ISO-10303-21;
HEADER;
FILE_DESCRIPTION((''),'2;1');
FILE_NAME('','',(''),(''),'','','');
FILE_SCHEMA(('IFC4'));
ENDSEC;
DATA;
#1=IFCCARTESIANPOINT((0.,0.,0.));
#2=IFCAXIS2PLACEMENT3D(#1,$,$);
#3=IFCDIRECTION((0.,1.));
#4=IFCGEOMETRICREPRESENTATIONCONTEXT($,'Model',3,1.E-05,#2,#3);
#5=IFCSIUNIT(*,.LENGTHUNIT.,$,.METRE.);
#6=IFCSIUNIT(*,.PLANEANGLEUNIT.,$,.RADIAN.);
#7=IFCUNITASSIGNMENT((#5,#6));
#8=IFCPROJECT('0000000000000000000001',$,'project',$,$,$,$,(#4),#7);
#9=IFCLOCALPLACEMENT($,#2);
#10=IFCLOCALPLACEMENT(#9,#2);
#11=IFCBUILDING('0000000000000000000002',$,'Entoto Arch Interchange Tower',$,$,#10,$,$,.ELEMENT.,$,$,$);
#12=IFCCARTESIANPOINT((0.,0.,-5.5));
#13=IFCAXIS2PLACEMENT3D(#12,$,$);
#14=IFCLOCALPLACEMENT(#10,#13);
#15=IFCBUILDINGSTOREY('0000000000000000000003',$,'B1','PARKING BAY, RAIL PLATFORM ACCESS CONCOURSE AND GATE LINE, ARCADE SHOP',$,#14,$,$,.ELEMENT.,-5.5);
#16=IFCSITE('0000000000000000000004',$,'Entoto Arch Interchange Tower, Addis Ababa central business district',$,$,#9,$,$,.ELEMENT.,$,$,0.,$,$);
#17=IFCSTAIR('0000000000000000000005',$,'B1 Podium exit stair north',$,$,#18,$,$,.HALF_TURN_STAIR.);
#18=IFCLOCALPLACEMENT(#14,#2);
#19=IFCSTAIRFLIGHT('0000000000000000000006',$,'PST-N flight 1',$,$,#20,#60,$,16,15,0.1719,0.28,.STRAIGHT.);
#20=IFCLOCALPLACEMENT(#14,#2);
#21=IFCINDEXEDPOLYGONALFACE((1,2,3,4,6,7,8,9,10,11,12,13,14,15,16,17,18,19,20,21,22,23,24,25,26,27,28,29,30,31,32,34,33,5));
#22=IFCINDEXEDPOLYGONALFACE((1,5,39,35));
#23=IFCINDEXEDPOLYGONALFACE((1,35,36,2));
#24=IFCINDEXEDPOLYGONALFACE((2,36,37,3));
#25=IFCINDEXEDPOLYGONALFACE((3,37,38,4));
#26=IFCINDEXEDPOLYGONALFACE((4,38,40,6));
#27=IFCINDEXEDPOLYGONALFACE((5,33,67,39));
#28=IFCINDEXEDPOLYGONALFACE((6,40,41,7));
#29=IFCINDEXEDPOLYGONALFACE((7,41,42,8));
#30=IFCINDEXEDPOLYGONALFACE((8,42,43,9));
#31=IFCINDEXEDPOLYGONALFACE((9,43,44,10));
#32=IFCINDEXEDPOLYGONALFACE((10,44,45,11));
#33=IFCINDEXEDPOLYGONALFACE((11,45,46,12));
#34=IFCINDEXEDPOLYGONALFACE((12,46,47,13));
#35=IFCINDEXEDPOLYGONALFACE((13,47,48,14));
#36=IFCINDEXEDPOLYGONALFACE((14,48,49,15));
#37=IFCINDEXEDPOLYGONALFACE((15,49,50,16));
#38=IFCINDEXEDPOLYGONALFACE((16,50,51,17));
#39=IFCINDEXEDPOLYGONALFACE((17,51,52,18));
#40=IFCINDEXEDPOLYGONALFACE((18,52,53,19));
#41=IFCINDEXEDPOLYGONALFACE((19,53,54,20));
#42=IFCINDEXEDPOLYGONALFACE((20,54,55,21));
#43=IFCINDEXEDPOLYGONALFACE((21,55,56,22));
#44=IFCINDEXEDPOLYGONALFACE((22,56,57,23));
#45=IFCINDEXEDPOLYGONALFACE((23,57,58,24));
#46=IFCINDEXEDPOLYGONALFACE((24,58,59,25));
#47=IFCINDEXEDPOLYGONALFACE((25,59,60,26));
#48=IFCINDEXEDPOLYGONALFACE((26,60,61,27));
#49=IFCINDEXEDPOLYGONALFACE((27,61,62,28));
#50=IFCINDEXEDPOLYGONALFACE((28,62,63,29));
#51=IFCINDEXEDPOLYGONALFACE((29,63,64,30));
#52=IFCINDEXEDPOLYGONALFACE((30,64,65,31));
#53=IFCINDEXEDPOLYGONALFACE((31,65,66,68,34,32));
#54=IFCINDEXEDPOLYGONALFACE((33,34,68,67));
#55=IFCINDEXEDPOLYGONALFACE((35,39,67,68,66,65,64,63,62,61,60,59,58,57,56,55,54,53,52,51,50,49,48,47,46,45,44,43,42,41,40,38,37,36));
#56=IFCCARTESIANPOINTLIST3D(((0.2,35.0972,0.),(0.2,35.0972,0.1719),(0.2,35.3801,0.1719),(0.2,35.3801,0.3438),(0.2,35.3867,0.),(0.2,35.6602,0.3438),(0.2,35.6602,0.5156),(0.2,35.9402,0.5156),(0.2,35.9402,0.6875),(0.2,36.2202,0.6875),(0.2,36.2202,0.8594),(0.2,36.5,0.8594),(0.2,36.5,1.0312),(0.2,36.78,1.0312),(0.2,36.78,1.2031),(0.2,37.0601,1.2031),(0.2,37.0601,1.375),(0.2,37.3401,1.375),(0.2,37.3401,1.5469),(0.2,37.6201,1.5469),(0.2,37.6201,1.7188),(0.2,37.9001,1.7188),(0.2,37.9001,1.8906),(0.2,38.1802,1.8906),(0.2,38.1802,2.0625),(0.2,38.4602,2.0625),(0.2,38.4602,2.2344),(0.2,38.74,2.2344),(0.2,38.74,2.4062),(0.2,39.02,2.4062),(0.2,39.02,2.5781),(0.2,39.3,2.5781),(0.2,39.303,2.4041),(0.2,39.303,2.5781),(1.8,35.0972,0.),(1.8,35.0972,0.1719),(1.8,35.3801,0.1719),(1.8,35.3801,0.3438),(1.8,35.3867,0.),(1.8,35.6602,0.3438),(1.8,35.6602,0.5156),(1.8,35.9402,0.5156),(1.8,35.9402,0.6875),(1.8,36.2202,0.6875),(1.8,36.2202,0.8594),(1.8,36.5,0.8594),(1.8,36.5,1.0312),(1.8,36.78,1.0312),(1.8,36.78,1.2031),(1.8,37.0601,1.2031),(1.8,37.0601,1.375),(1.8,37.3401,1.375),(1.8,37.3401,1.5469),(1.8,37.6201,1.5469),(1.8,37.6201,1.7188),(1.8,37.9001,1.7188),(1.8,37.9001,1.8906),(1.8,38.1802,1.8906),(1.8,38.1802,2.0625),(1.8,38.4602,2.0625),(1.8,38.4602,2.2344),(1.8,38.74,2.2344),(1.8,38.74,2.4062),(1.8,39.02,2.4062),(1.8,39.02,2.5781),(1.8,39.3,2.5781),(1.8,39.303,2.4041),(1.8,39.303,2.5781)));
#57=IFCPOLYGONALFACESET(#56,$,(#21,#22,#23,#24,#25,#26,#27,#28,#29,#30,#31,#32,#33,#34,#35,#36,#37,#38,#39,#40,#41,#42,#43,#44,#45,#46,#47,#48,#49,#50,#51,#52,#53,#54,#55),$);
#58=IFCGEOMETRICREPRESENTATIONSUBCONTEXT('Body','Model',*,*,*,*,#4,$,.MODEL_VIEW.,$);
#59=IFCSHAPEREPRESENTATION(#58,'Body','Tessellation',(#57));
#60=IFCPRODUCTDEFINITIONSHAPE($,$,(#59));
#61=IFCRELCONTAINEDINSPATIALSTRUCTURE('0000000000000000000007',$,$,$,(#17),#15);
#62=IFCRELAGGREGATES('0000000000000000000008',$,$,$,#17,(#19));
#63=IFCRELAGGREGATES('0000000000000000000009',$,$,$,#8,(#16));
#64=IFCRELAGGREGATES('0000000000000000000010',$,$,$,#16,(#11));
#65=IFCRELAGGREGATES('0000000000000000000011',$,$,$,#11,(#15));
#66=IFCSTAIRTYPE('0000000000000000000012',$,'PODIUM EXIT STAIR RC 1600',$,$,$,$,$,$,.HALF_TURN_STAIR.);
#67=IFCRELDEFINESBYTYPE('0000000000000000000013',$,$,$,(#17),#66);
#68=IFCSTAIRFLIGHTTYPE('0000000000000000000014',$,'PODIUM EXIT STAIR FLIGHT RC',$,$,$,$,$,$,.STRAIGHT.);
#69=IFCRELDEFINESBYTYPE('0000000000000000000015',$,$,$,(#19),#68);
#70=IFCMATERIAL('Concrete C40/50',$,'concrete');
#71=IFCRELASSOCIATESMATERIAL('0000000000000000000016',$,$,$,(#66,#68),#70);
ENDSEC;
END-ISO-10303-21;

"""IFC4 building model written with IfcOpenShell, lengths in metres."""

from ifc_helpers import new_model, si_unit, direction, frame, origin, place, context, subcontext, project, spatial, polyline, outline, extrude, material, type_object, element, aggregate, save


model = new_model("IFC4")

# Units and contexts
model_context = context("Model", 3, precision=1e-05, world=origin(), true_north=direction((0.0, 1.0)))
body_context = subcontext(model_context, "Body", "Model", "MODEL_VIEW")
ifc_project = project(units=[si_unit("LENGTHUNIT", "METRE"), si_unit("PLANEANGLEUNIT", "RADIAN")], contexts=[model_context])

# Site, building, storey
site_placement = place(None, origin())
site = spatial("IfcSite", under=ifc_project, at=site_placement, Name="Entoto Arch Interchange Tower, Addis Ababa central business district", CompositionType="ELEMENT", RefElevation=0.0)
building_placement = place(site_placement, origin())
building = spatial("IfcBuilding", under=site, at=building_placement, Name="Entoto Arch Interchange Tower", CompositionType="ELEMENT")
storey_placement = place(building_placement, frame((0.0, 0.0, -5.5)))
storey = spatial("IfcBuildingStorey", under=building, at=storey_placement, Name="B1", Description="PARKING BAY, RAIL PLATFORM ACCESS CONCOURSE AND GATE LINE, ARCADE SHOP", CompositionType="ELEMENT", Elevation=-5.5)

# Shared definitions
ifc_material_1 = material(Name="Concrete C40/50", Category="concrete")

# Stair, stair flight
stair_type = type_object("IfcStairType", Name="PODIUM EXIT STAIR RC 1600", PredefinedType="HALF_TURN_STAIR", material=ifc_material_1)
stair_placement = place(storey_placement, origin())
stair = element("IfcStair", 1, at=stair_placement, inside=storey, type_object=stair_type, Name="B1 Podium exit stair north", PredefinedType="HALF_TURN_STAIR")
stair_flight_type = type_object("IfcStairFlightType", Name="PODIUM EXIT STAIR FLIGHT RC", PredefinedType="STRAIGHT", material=ifc_material_1)
stair_flight_placement = place(storey_placement, frame((1.0, 35.1001, 0.0), z_axis=(0.0, 0.0, 1.0), x_axis=(0.0, 1.0, 0.0)))
stair_flight = element("IfcStairFlight", 2, at=stair_flight_placement, type_object=stair_flight_type, Name="PST-N flight 1", NumberOfRisers=16, NumberOfTreads=15, PredefinedType="STRAIGHT", RiserHeight=0.1719, TreadLength=0.28, context=body_context, shape_type="SweptSolid", body=[
    extrude(outline(polyline([(-0.0029, 0.0), (-0.0029, 0.1719), (0.28, 0.1719), (0.28, 0.3438), (0.5601, 0.3438), (0.5601, 0.5156), (0.8401, 0.5156), (0.8401, 0.6875), (1.1201, 0.6875), (1.1201, 0.8594), (1.3999, 0.8594), (1.3999, 1.0312), (1.6799, 1.0312), (1.6799, 1.2031), (1.96, 1.2031), (1.96, 1.375), (2.24, 1.375), (2.24, 1.5469), (2.52, 1.5469), (2.52, 1.7188), (2.8, 1.7188), (2.8, 1.8906), (3.0801, 1.8906), (3.0801, 2.0625), (3.3601, 2.0625), (3.3601, 2.2344), (3.6399, 2.2344), (3.6399, 2.4062), (3.9199, 2.4062), (3.9199, 2.5781), (4.2, 2.5781), (4.2029, 2.5781), (4.2029, 2.4041), (0.2866, 0.0), (-0.0029, 0.0)])), frame((0.0, 0.8, 0.0), z_axis=(0.0, -1.0, 0.0), x_axis=(1.0, 0.0, 0.0)), (0.0, 0.0, 1.0), 1.6001),
])
aggregate(stair, [stair_flight])

save(model, "model.ifc")
